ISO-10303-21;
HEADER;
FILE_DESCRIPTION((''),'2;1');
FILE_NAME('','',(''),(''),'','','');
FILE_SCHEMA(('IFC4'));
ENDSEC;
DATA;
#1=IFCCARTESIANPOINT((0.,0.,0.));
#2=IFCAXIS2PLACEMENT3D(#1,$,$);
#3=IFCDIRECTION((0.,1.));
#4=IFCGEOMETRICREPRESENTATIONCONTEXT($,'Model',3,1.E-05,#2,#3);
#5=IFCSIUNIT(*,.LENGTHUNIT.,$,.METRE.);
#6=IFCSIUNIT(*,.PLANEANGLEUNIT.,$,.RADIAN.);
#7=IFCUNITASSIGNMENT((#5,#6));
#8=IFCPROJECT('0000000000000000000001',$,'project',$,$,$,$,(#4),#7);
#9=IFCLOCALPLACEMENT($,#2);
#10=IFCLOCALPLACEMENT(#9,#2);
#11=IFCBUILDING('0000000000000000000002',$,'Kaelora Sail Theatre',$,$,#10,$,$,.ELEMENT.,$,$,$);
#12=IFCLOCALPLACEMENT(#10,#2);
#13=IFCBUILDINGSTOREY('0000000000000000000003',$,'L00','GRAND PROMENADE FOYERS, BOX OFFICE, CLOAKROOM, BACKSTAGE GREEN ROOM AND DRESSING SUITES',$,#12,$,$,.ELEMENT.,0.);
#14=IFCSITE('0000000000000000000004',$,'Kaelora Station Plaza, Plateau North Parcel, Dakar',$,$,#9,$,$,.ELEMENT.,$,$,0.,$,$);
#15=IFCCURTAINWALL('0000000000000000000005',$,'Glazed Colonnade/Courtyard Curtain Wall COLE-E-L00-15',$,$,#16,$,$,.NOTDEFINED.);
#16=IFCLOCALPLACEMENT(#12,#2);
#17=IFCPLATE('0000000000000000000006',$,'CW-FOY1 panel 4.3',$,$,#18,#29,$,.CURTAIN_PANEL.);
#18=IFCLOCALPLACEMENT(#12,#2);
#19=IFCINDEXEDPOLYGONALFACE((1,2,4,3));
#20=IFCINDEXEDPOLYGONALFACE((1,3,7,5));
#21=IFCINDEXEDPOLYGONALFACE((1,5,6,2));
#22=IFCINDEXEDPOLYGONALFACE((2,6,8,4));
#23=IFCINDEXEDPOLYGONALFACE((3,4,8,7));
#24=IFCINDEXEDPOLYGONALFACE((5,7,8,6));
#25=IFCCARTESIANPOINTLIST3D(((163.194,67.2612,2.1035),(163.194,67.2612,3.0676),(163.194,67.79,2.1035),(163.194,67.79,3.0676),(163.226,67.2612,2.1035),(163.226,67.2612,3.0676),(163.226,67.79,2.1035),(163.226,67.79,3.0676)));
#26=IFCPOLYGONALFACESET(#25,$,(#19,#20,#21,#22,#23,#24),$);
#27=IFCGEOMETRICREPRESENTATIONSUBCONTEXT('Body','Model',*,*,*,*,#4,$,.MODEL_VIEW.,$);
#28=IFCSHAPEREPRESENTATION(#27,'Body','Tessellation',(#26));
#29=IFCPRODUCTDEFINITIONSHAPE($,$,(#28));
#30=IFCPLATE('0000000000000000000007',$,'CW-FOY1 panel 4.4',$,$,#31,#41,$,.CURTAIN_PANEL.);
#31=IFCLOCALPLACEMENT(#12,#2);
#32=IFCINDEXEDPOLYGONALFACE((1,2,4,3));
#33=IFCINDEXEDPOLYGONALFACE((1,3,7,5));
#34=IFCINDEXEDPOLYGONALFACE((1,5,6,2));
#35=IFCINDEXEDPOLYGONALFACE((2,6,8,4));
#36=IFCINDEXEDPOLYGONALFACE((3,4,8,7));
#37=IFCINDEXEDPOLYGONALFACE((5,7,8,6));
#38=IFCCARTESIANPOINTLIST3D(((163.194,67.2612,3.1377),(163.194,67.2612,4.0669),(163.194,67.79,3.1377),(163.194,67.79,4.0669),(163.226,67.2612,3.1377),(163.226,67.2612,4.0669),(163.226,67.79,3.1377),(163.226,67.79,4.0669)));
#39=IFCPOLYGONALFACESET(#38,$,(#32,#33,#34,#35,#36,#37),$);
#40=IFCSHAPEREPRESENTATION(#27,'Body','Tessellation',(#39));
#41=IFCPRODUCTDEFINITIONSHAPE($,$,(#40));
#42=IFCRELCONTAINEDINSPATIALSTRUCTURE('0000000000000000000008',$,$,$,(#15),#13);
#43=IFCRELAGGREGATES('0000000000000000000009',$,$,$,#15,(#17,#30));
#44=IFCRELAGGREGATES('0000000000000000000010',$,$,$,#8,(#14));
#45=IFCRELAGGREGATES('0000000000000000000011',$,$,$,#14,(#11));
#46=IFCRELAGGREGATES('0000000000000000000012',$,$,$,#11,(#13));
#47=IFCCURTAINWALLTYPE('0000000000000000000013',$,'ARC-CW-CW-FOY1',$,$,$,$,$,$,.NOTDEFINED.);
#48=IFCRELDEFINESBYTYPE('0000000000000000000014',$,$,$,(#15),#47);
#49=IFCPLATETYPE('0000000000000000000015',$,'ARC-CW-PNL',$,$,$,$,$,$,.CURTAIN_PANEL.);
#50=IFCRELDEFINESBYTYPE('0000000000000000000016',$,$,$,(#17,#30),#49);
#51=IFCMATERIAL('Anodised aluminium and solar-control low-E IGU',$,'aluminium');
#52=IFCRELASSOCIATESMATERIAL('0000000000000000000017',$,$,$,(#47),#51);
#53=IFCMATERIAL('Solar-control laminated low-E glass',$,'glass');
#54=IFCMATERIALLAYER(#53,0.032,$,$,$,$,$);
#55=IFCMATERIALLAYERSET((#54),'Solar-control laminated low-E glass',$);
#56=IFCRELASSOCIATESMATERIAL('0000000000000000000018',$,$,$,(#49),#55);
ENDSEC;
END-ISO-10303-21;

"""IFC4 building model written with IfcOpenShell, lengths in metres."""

from ifc_helpers import new_model, si_unit, direction, frame, origin, origin_2d, place, context, subcontext, project, spatial, rectangle, extrude, material, layer, layer_set, type_object, element, aggregate, save


model = new_model("IFC4")

# Units and contexts
model_context = context("Model", 3, precision=1e-05, world=origin(), true_north=direction((0.0, 1.0)))
body_context = subcontext(model_context, "Body", "Model", "MODEL_VIEW")
ifc_project = project(units=[si_unit("LENGTHUNIT", "METRE"), si_unit("PLANEANGLEUNIT", "RADIAN")], contexts=[model_context])

# Site, building, storey
site_placement = place(None, origin())
site = spatial("IfcSite", under=ifc_project, at=site_placement, Name="Kaelora Station Plaza, Plateau North Parcel, Dakar", CompositionType="ELEMENT", RefElevation=0.0)
building_placement = place(site_placement, origin())
building = spatial("IfcBuilding", under=site, at=building_placement, Name="Kaelora Sail Theatre", CompositionType="ELEMENT")
storey_placement = place(building_placement, origin())
storey = spatial("IfcBuildingStorey", under=building, at=storey_placement, Name="L00", Description="GRAND PROMENADE FOYERS, BOX OFFICE, CLOAKROOM, BACKSTAGE GREEN ROOM AND DRESSING SUITES", CompositionType="ELEMENT", Elevation=0.0)

# Curtain wall
ifc_material_1 = material(Name="Anodised aluminium and solar-control low-E IGU", Category="aluminium")
curtain_wall_type = type_object("IfcCurtainWallType", Name="ARC-CW-CW-FOY1", PredefinedType="NOTDEFINED", material=ifc_material_1)
curtain_wall_placement = place(storey_placement, origin())
curtain_wall = element("IfcCurtainWall", 1, at=curtain_wall_placement, inside=storey, type_object=curtain_wall_type, Name="Glazed Colonnade/Courtyard Curtain Wall COLE-E-L00-15", PredefinedType="NOTDEFINED")

# Plates
ifc_material_2 = material(Name="Solar-control laminated low-E glass", Category="glass")
ifc_layer_1 = layer(ifc_material_2, 0.032)
ifc_layer_set_1 = layer_set([ifc_layer_1], Name="Solar-control laminated low-E glass")
plate_type = type_object("IfcPlateType", Name="ARC-CW-PNL", PredefinedType="CURTAIN_PANEL", material=ifc_layer_set_1)
plate_1_placement = place(storey_placement, frame((163.21, 67.5256, 2.1035), z_axis=(0.0, 0.0, 1.0), x_axis=(0.0, 1.0, 0.0)))
plate_1 = element("IfcPlate", 2, at=plate_1_placement, type_object=plate_type, Name="CW-FOY1 panel 4.3", PredefinedType="CURTAIN_PANEL", context=body_context, shape_type="SweptSolid", body=[
    extrude(rectangle(XDim=0.5288, YDim=0.032, at=origin_2d()), origin(), (0.0, 0.0, 1.0), 0.9641),
])
plate_2_placement = place(storey_placement, frame((163.21, 67.5256, 3.1377), z_axis=(0.0, 0.0, 1.0), x_axis=(0.0, 1.0, 0.0)))
plate_2 = element("IfcPlate", 3, at=plate_2_placement, type_object=plate_type, Name="CW-FOY1 panel 4.4", PredefinedType="CURTAIN_PANEL", context=body_context, shape_type="SweptSolid", body=[
    extrude(rectangle(XDim=0.5288, YDim=0.032, at=origin_2d()), origin(), (0.0, 0.0, 1.0), 0.9292),
])
aggregate(curtain_wall, [plate_1, plate_2])

save(model, "model.ifc")
